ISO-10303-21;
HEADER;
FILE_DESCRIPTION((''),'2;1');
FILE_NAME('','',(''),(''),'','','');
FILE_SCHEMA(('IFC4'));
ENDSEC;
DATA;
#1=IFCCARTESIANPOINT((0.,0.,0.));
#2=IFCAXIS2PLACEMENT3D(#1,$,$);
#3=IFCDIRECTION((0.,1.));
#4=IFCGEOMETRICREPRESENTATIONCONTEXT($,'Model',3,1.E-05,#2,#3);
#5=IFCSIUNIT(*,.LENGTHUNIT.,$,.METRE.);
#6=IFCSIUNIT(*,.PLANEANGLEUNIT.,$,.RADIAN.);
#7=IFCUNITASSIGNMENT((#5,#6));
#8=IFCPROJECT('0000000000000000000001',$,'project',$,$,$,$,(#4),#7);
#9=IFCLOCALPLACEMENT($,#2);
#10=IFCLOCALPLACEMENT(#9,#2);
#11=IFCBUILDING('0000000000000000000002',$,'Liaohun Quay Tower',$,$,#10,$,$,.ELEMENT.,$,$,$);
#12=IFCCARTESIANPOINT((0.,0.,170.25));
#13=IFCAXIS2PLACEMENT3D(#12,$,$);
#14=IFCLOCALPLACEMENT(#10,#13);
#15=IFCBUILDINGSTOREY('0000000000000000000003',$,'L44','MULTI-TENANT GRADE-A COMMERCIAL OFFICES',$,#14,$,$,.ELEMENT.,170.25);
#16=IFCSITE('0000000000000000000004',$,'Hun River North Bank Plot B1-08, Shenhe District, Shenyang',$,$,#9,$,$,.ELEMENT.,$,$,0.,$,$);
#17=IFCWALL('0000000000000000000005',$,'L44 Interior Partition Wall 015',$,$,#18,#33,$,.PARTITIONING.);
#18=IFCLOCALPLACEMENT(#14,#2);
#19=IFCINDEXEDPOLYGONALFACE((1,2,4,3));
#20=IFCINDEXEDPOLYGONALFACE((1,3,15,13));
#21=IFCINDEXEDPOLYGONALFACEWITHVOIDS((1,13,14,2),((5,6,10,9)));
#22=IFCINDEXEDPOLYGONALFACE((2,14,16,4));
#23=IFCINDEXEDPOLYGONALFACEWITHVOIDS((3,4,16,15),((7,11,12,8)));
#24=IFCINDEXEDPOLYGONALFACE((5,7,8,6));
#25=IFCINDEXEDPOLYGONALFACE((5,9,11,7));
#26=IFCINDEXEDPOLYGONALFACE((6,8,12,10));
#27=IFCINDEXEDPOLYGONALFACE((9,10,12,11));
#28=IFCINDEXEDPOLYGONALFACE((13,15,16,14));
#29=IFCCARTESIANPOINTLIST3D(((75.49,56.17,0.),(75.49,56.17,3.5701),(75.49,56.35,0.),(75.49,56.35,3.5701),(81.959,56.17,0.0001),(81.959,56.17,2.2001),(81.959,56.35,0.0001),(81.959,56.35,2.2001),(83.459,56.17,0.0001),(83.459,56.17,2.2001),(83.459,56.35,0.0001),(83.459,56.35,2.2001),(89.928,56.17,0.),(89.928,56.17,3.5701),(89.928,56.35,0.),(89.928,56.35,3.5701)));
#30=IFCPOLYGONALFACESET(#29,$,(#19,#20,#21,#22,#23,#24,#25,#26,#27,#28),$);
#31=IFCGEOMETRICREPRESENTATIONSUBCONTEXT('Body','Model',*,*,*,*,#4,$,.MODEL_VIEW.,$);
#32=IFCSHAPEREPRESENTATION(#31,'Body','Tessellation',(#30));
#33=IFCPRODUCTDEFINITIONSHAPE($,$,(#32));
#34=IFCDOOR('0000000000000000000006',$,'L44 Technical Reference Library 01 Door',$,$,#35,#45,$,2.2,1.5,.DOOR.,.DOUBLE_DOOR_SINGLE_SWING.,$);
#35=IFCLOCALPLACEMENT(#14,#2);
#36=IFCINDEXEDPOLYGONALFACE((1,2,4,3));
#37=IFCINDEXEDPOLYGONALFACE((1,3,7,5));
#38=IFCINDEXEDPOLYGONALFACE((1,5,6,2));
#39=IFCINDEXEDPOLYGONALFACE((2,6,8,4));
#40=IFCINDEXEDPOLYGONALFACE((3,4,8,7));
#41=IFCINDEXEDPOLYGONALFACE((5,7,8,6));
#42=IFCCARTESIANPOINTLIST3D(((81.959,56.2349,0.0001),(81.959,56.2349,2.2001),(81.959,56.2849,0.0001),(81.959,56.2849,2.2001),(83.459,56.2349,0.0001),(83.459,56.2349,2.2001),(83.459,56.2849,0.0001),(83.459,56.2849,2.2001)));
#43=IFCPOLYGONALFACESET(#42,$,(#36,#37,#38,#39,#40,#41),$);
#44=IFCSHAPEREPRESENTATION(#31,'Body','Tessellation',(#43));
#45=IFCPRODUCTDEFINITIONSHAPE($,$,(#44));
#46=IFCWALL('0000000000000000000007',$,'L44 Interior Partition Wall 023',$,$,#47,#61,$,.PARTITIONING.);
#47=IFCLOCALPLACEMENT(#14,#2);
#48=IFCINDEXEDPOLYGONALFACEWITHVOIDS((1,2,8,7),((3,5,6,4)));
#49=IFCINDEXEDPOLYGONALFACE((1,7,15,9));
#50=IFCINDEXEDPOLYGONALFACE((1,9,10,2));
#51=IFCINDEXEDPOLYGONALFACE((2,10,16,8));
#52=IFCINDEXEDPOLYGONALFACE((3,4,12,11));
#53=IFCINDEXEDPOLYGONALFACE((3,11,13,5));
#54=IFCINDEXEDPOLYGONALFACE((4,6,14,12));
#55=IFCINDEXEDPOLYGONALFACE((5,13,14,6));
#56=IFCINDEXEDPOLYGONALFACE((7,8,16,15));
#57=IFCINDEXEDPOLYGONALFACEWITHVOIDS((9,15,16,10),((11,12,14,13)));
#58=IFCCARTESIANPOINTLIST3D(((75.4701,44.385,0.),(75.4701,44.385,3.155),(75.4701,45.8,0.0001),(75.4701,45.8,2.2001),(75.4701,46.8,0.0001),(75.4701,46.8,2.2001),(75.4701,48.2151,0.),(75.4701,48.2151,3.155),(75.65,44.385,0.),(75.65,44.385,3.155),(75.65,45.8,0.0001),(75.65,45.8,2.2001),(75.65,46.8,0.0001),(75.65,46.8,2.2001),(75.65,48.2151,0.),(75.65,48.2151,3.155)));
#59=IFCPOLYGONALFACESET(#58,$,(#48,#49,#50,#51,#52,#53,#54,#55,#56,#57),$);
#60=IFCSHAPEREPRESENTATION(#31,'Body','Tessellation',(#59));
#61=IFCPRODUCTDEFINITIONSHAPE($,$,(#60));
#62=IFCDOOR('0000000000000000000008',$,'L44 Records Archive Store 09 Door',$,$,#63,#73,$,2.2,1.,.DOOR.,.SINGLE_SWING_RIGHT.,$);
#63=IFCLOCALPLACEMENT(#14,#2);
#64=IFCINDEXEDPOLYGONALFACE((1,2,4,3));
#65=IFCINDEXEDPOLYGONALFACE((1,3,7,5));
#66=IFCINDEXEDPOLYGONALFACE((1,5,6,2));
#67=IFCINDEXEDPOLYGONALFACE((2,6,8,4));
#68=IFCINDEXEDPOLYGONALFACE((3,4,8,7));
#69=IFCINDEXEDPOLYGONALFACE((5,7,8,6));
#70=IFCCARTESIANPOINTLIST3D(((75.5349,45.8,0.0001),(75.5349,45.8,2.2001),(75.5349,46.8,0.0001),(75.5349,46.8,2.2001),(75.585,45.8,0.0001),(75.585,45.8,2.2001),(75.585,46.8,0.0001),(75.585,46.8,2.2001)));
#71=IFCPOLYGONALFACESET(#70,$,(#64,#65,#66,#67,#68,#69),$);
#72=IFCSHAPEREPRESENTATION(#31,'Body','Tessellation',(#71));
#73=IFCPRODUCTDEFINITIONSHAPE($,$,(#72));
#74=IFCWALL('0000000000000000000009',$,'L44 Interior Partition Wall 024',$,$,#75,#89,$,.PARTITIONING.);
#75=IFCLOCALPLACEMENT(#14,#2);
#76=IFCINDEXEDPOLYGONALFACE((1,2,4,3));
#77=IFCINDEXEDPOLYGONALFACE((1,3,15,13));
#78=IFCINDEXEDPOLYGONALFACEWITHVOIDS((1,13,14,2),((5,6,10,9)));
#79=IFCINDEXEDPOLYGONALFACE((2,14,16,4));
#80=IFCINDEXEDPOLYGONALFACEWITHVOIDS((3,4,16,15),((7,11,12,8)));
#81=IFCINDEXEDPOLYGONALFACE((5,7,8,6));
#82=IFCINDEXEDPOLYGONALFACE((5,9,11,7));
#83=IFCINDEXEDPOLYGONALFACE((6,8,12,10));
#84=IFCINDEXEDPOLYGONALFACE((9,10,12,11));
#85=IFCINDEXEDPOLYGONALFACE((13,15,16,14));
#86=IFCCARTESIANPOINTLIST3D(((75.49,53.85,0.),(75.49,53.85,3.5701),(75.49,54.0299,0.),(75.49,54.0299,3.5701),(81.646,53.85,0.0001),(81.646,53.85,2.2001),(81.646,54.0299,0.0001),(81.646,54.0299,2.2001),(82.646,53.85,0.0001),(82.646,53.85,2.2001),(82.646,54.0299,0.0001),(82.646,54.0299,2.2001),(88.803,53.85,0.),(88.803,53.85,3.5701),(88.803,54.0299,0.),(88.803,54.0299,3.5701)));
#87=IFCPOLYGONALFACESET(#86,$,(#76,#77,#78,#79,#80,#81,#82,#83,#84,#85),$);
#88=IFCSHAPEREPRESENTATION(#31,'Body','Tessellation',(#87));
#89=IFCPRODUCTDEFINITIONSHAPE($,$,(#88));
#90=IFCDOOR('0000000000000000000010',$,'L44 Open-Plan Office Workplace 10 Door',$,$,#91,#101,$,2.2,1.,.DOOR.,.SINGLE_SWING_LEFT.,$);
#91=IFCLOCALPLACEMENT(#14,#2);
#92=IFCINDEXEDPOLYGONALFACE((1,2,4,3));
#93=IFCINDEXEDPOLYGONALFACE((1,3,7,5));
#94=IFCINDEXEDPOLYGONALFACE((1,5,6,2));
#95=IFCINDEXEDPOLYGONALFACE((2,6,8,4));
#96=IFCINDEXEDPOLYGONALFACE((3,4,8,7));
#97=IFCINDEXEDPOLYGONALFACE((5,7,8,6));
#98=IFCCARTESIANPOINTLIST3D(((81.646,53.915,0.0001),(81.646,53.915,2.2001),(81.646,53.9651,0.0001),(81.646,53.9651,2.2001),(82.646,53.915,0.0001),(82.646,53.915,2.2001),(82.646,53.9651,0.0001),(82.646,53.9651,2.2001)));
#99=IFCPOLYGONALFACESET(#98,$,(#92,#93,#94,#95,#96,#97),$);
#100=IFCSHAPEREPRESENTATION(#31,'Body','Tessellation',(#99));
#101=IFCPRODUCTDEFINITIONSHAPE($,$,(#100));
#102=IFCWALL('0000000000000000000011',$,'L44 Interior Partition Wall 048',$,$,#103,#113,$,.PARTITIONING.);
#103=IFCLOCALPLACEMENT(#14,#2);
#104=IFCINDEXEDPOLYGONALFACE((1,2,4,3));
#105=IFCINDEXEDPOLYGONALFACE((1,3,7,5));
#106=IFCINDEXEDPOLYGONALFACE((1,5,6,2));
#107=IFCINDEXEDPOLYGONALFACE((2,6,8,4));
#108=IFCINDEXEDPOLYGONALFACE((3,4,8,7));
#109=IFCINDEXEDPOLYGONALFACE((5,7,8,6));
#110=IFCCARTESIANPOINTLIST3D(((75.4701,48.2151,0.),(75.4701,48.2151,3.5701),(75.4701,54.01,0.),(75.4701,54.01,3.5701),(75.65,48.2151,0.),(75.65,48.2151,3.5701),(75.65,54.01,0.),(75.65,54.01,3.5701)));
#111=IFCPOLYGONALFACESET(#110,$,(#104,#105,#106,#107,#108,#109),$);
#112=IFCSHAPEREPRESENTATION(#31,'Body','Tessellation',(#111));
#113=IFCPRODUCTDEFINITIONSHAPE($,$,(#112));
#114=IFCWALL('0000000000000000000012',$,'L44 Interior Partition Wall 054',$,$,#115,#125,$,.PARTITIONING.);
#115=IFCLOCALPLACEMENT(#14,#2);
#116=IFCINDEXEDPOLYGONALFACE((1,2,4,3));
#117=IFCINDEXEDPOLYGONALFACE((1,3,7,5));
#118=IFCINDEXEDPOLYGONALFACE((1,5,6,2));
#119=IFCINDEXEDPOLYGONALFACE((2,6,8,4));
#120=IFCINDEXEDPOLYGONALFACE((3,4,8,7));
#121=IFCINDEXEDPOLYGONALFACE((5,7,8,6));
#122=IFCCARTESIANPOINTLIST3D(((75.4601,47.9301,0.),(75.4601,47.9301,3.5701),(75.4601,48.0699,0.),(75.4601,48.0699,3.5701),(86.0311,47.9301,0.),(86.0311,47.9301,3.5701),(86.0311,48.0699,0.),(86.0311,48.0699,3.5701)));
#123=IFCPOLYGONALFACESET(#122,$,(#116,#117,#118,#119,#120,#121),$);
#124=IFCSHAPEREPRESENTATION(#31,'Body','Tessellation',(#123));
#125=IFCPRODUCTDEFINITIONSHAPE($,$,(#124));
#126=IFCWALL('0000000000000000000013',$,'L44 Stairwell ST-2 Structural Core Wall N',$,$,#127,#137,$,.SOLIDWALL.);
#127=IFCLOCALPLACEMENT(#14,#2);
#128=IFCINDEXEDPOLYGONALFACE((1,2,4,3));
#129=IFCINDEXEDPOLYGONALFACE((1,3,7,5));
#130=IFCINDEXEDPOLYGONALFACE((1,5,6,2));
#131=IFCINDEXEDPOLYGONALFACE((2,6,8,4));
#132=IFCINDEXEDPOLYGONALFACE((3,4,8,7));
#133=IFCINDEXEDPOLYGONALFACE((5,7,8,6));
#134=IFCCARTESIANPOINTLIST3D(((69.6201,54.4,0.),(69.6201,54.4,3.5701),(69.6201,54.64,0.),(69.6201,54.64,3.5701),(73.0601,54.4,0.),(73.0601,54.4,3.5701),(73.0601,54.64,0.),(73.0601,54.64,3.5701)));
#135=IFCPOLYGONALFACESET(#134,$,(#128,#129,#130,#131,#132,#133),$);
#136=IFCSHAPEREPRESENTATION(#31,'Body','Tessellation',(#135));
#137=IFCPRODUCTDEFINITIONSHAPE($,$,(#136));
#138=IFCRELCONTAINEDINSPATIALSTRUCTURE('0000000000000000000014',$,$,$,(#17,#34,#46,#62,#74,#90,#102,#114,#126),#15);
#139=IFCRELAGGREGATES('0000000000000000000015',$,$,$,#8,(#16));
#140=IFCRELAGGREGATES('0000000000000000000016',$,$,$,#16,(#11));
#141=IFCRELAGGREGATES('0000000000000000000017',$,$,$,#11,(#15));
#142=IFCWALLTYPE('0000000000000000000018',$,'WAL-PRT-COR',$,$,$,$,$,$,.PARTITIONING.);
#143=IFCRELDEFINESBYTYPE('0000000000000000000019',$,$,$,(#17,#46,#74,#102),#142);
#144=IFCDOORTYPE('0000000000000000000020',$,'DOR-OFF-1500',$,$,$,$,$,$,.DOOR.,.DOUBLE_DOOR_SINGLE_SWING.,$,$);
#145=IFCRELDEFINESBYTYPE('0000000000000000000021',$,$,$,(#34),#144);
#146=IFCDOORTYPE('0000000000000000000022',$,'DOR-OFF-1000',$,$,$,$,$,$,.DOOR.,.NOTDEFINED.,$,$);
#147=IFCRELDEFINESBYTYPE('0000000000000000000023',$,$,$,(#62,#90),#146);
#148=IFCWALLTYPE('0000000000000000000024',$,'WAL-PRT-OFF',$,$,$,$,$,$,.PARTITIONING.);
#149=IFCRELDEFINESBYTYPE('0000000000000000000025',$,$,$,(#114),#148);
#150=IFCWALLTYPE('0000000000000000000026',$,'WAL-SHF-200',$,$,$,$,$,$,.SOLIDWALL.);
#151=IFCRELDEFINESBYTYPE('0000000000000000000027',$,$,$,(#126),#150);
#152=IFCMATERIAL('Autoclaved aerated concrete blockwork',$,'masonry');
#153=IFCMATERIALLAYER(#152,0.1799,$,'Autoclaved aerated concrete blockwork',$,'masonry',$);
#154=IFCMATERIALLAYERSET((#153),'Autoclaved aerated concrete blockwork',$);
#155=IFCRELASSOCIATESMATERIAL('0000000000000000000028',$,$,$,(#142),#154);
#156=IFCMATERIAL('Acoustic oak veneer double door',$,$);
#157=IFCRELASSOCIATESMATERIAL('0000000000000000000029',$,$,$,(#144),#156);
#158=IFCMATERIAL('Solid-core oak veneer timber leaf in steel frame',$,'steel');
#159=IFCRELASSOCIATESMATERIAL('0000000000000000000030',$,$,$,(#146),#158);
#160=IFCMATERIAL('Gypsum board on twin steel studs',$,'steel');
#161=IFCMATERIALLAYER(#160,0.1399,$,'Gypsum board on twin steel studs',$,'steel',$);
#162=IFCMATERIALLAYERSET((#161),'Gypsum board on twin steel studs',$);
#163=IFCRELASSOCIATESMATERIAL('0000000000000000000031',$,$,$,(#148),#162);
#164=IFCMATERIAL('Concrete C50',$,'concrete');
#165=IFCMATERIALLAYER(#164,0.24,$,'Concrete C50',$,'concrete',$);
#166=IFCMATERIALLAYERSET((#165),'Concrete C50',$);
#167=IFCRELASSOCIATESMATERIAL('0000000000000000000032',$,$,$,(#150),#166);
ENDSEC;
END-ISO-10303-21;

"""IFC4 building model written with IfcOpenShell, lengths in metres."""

from ifc_helpers import new_model, si_unit, direction, frame, frame_2d, origin, place, context, subcontext, project, spatial, rectangle, extrude, source, transform, mapped, material, layer, layer_set, type_object, element, fill, save


model = new_model("IFC4")

# Units and contexts
model_context = context("Model", 3, precision=1e-05, world=origin(), true_north=direction((0.0, 1.0)))
body_context = subcontext(model_context, "Body", "Model", "MODEL_VIEW")
ifc_project = project(units=[si_unit("LENGTHUNIT", "METRE"), si_unit("PLANEANGLEUNIT", "RADIAN")], contexts=[model_context])

# Site, building, storey
site_placement = place(None, origin())
site = spatial("IfcSite", under=ifc_project, at=site_placement, Name="Hun River North Bank Plot B1-08, Shenhe District, Shenyang", CompositionType="ELEMENT", RefElevation=0.0)
building_placement = place(site_placement, origin())
building = spatial("IfcBuilding", under=site, at=building_placement, Name="Liaohun Quay Tower", CompositionType="ELEMENT")
storey_placement = place(building_placement, frame((0.0, 0.0, 170.25)))
storey = spatial("IfcBuildingStorey", under=building, at=storey_placement, Name="L44", Description="MULTI-TENANT GRADE-A COMMERCIAL OFFICES", CompositionType="ELEMENT", Elevation=170.25)

# Walls, openings, doors
ifc_material_1 = material(Name="Autoclaved aerated concrete blockwork", Category="masonry")
ifc_layer_1 = layer(ifc_material_1, 0.1799, Name="Autoclaved aerated concrete blockwork", Category="masonry")
ifc_layer_set_1 = layer_set([ifc_layer_1], Name="Autoclaved aerated concrete blockwork")
wall_type_1 = type_object("IfcWallType", Name="WAL-PRT-COR", PredefinedType="PARTITIONING", material=ifc_layer_set_1)
wall_1_placement = place(storey_placement, frame((75.49, 56.26, 0.0), z_axis=(0.0, 0.0, 1.0), x_axis=(1.0, 0.0, 0.0)))
wall_1 = element("IfcWall", 1, at=wall_1_placement, inside=storey, type_object=wall_type_1, Name="L44 Interior Partition Wall 015", PredefinedType="PARTITIONING", context=body_context, shape_type="SweptSolid", body=[
    extrude(rectangle(XDim=14.438, YDim=0.1799, at=frame_2d((7.219, 0.0))), origin(), (0.0, 0.0, 1.0), 3.5701),
])
shared_shape_1 = source(origin(), body_context, "Body", "SweptSolid", [
    extrude(rectangle(XDim=1.5, YDim=2.2, at=frame_2d((0.75, 1.1001))), frame((0.0, 0.0999, 0.0), z_axis=(0.0, -1.0, 0.0), x_axis=(1.0, 0.0, 0.0)), (0.0, 0.0, 1.0), 0.2),
])
opening_1_placement = place(wall_1_placement, frame((6.469, 0.0, 0.0)))
opening_1 = element("IfcOpeningElement", 2, at=opening_1_placement, cuts=wall_1, PredefinedType="OPENING", context=body_context, shape_type="MappedRepresentation", body=[
    mapped(shared_shape_1, transform((0.0, 0.0, 0.0), x_axis=(1.0, 0.0, 0.0), y_axis=(0.0, 1.0, 0.0), z_axis=(0.0, 0.0, 1.0), scale=1.0)),
])
ifc_material_2 = material(Name="Acoustic oak veneer double door")
door_type_1 = type_object("IfcDoorType", Name="DOR-OFF-1500", OperationType="DOUBLE_DOOR_SINGLE_SWING", PredefinedType="DOOR", material=ifc_material_2)
shared_shape_2 = source(origin(), body_context, "Body", "SweptSolid", [
    extrude(rectangle(XDim=1.5, YDim=2.2, at=frame_2d((0.75, 1.1001))), frame((0.0, 0.0249, 0.0), z_axis=(0.0, -1.0, 0.0), x_axis=(1.0, 0.0, 0.0)), (0.0, 0.0, 1.0), 0.05),
])
door_1_placement = place(opening_1_placement, origin())
door_1 = element("IfcDoor", 3, at=door_1_placement, inside=storey, type_object=door_type_1, Name="L44 Technical Reference Library 01 Door", OperationType="DOUBLE_DOOR_SINGLE_SWING", OverallHeight=2.2, OverallWidth=1.5, PredefinedType="DOOR", context=body_context, shape_type="MappedRepresentation", body=[
    mapped(shared_shape_2, transform((0.0, 0.0, 0.0), x_axis=(1.0, 0.0, 0.0), y_axis=(0.0, 1.0, 0.0), z_axis=(0.0, 0.0, 1.0), scale=1.0)),
])
fill(opening_1, door_1)
wall_2_placement = place(storey_placement, frame((75.5601, 48.2151, 0.0), z_axis=(0.0, 0.0, 1.0), x_axis=(0.0, -1.0, 0.0)))
wall_2 = element("IfcWall", 4, at=wall_2_placement, inside=storey, type_object=wall_type_1, Name="L44 Interior Partition Wall 023", PredefinedType="PARTITIONING", context=body_context, shape_type="SweptSolid", body=[
    extrude(rectangle(XDim=3.8301, YDim=0.1799, at=frame_2d((1.915, 0.0))), origin(), (0.0, 0.0, 1.0), 3.155),
])
shared_shape_3 = source(origin(), body_context, "Body", "SweptSolid", [
    extrude(rectangle(XDim=1.0, YDim=2.2, at=frame_2d((0.5, 1.1001))), frame((0.0, 0.0999, 0.0), z_axis=(0.0, -1.0, 0.0), x_axis=(1.0, 0.0, 0.0)), (0.0, 0.0, 1.0), 0.2),
])
opening_2_placement = place(wall_2_placement, frame((1.415, 0.0, 0.0)))
opening_2 = element("IfcOpeningElement", 5, at=opening_2_placement, cuts=wall_2, PredefinedType="OPENING", context=body_context, shape_type="MappedRepresentation", body=[
    mapped(shared_shape_3, transform((0.0, 0.0, 0.0), x_axis=(1.0, 0.0, 0.0), y_axis=(0.0, 1.0, 0.0), z_axis=(0.0, 0.0, 1.0), scale=1.0)),
])
ifc_material_3 = material(Name="Solid-core oak veneer timber leaf in steel frame", Category="steel")
door_type_2 = type_object("IfcDoorType", Name="DOR-OFF-1000", OperationType="NOTDEFINED", PredefinedType="DOOR", material=ifc_material_3)
shared_shape_4 = source(origin(), body_context, "Body", "SweptSolid", [
    extrude(rectangle(XDim=1.0, YDim=2.2, at=frame_2d((0.5, 1.1001))), frame((0.0, 0.0249, 0.0), z_axis=(0.0, -1.0, 0.0), x_axis=(1.0, 0.0, 0.0)), (0.0, 0.0, 1.0), 0.05),
])
door_2_placement = place(opening_2_placement, origin())
door_2 = element("IfcDoor", 6, at=door_2_placement, inside=storey, type_object=door_type_2, Name="L44 Records Archive Store 09 Door", OperationType="SINGLE_SWING_RIGHT", OverallHeight=2.2, OverallWidth=1.0, PredefinedType="DOOR", context=body_context, shape_type="MappedRepresentation", body=[
    mapped(shared_shape_4, transform((0.0, 0.0, 0.0), x_axis=(1.0, 0.0, 0.0), y_axis=(0.0, 1.0, 0.0), z_axis=(0.0, 0.0, 1.0), scale=1.0)),
])
fill(opening_2, door_2)
wall_3_placement = place(storey_placement, frame((88.803, 53.9399, 0.0), z_axis=(0.0, 0.0, 1.0), x_axis=(-1.0, 0.0, 0.0)))
wall_3 = element("IfcWall", 7, at=wall_3_placement, inside=storey, type_object=wall_type_1, Name="L44 Interior Partition Wall 024", PredefinedType="PARTITIONING", context=body_context, shape_type="SweptSolid", body=[
    extrude(rectangle(XDim=13.313, YDim=0.1799, at=frame_2d((6.6565, 0.0))), origin(), (0.0, 0.0, 1.0), 3.5701),
])
opening_3_placement = place(wall_3_placement, frame((6.157, 0.0, 0.0)))
opening_3 = element("IfcOpeningElement", 8, at=opening_3_placement, cuts=wall_3, PredefinedType="OPENING", context=body_context, shape_type="MappedRepresentation", body=[
    mapped(shared_shape_3, transform((0.0, 0.0, 0.0), x_axis=(1.0, 0.0, 0.0), y_axis=(0.0, 1.0, 0.0), z_axis=(0.0, 0.0, 1.0), scale=1.0)),
])
door_3_placement = place(opening_3_placement, origin())
door_3 = element("IfcDoor", 9, at=door_3_placement, inside=storey, type_object=door_type_2, Name="L44 Open-Plan Office Workplace 10 Door", OperationType="SINGLE_SWING_LEFT", OverallHeight=2.2, OverallWidth=1.0, PredefinedType="DOOR", context=body_context, shape_type="MappedRepresentation", body=[
    mapped(shared_shape_4, transform((0.0, 0.0, 0.0), x_axis=(1.0, 0.0, 0.0), y_axis=(0.0, 1.0, 0.0), z_axis=(0.0, 0.0, 1.0), scale=1.0)),
])
fill(opening_3, door_3)

# Walls
wall_4_placement = place(storey_placement, frame((75.5601, 54.01, 0.0), z_axis=(0.0, 0.0, 1.0), x_axis=(0.0, -1.0, 0.0)))
element("IfcWall", 10, at=wall_4_placement, inside=storey, type_object=wall_type_1, Name="L44 Interior Partition Wall 048", PredefinedType="PARTITIONING", context=body_context, shape_type="SweptSolid", body=[
    extrude(rectangle(XDim=5.7949, YDim=0.1799, at=frame_2d((2.8975, 0.0))), origin(), (0.0, 0.0, 1.0), 3.5701),
])
ifc_material_4 = material(Name="Gypsum board on twin steel studs", Category="steel")
ifc_layer_2 = layer(ifc_material_4, 0.1399, Name="Gypsum board on twin steel studs", Category="steel")
ifc_layer_set_2 = layer_set([ifc_layer_2], Name="Gypsum board on twin steel studs")
wall_type_2 = type_object("IfcWallType", Name="WAL-PRT-OFF", PredefinedType="PARTITIONING", material=ifc_layer_set_2)
wall_5_placement = place(storey_placement, frame((75.46, 48.0, 0.0), z_axis=(0.0, 0.0, 1.0), x_axis=(1.0, 0.0, 0.0)))
element("IfcWall", 11, at=wall_5_placement, inside=storey, type_object=wall_type_2, Name="L44 Interior Partition Wall 054", PredefinedType="PARTITIONING", context=body_context, shape_type="SweptSolid", body=[
    extrude(rectangle(XDim=10.571, YDim=0.1399, at=frame_2d((5.2856, 0.0))), origin(), (0.0, 0.0, 1.0), 3.5701),
])

# Wall
ifc_material_5 = material(Name="Concrete C50", Category="concrete")
ifc_layer_3 = layer(ifc_material_5, 0.24, Name="Concrete C50", Category="concrete")
ifc_layer_set_3 = layer_set([ifc_layer_3], Name="Concrete C50")
wall_type_3 = type_object("IfcWallType", Name="WAL-SHF-200", PredefinedType="SOLIDWALL", material=ifc_layer_set_3)
wall_6_placement = place(storey_placement, frame((73.0601, 54.52, 0.0), z_axis=(0.0, 0.0, 1.0), x_axis=(-1.0, 0.0, 0.0)))
element("IfcWall", 12, at=wall_6_placement, inside=storey, type_object=wall_type_3, Name="L44 Stairwell ST-2 Structural Core Wall N", PredefinedType="SOLIDWALL", context=body_context, shape_type="SweptSolid", body=[
    extrude(rectangle(XDim=3.4399, YDim=0.24, at=frame_2d((1.72, 0.0))), origin(), (0.0, 0.0, 1.0), 3.5701),
])

save(model, "model.ifc")
